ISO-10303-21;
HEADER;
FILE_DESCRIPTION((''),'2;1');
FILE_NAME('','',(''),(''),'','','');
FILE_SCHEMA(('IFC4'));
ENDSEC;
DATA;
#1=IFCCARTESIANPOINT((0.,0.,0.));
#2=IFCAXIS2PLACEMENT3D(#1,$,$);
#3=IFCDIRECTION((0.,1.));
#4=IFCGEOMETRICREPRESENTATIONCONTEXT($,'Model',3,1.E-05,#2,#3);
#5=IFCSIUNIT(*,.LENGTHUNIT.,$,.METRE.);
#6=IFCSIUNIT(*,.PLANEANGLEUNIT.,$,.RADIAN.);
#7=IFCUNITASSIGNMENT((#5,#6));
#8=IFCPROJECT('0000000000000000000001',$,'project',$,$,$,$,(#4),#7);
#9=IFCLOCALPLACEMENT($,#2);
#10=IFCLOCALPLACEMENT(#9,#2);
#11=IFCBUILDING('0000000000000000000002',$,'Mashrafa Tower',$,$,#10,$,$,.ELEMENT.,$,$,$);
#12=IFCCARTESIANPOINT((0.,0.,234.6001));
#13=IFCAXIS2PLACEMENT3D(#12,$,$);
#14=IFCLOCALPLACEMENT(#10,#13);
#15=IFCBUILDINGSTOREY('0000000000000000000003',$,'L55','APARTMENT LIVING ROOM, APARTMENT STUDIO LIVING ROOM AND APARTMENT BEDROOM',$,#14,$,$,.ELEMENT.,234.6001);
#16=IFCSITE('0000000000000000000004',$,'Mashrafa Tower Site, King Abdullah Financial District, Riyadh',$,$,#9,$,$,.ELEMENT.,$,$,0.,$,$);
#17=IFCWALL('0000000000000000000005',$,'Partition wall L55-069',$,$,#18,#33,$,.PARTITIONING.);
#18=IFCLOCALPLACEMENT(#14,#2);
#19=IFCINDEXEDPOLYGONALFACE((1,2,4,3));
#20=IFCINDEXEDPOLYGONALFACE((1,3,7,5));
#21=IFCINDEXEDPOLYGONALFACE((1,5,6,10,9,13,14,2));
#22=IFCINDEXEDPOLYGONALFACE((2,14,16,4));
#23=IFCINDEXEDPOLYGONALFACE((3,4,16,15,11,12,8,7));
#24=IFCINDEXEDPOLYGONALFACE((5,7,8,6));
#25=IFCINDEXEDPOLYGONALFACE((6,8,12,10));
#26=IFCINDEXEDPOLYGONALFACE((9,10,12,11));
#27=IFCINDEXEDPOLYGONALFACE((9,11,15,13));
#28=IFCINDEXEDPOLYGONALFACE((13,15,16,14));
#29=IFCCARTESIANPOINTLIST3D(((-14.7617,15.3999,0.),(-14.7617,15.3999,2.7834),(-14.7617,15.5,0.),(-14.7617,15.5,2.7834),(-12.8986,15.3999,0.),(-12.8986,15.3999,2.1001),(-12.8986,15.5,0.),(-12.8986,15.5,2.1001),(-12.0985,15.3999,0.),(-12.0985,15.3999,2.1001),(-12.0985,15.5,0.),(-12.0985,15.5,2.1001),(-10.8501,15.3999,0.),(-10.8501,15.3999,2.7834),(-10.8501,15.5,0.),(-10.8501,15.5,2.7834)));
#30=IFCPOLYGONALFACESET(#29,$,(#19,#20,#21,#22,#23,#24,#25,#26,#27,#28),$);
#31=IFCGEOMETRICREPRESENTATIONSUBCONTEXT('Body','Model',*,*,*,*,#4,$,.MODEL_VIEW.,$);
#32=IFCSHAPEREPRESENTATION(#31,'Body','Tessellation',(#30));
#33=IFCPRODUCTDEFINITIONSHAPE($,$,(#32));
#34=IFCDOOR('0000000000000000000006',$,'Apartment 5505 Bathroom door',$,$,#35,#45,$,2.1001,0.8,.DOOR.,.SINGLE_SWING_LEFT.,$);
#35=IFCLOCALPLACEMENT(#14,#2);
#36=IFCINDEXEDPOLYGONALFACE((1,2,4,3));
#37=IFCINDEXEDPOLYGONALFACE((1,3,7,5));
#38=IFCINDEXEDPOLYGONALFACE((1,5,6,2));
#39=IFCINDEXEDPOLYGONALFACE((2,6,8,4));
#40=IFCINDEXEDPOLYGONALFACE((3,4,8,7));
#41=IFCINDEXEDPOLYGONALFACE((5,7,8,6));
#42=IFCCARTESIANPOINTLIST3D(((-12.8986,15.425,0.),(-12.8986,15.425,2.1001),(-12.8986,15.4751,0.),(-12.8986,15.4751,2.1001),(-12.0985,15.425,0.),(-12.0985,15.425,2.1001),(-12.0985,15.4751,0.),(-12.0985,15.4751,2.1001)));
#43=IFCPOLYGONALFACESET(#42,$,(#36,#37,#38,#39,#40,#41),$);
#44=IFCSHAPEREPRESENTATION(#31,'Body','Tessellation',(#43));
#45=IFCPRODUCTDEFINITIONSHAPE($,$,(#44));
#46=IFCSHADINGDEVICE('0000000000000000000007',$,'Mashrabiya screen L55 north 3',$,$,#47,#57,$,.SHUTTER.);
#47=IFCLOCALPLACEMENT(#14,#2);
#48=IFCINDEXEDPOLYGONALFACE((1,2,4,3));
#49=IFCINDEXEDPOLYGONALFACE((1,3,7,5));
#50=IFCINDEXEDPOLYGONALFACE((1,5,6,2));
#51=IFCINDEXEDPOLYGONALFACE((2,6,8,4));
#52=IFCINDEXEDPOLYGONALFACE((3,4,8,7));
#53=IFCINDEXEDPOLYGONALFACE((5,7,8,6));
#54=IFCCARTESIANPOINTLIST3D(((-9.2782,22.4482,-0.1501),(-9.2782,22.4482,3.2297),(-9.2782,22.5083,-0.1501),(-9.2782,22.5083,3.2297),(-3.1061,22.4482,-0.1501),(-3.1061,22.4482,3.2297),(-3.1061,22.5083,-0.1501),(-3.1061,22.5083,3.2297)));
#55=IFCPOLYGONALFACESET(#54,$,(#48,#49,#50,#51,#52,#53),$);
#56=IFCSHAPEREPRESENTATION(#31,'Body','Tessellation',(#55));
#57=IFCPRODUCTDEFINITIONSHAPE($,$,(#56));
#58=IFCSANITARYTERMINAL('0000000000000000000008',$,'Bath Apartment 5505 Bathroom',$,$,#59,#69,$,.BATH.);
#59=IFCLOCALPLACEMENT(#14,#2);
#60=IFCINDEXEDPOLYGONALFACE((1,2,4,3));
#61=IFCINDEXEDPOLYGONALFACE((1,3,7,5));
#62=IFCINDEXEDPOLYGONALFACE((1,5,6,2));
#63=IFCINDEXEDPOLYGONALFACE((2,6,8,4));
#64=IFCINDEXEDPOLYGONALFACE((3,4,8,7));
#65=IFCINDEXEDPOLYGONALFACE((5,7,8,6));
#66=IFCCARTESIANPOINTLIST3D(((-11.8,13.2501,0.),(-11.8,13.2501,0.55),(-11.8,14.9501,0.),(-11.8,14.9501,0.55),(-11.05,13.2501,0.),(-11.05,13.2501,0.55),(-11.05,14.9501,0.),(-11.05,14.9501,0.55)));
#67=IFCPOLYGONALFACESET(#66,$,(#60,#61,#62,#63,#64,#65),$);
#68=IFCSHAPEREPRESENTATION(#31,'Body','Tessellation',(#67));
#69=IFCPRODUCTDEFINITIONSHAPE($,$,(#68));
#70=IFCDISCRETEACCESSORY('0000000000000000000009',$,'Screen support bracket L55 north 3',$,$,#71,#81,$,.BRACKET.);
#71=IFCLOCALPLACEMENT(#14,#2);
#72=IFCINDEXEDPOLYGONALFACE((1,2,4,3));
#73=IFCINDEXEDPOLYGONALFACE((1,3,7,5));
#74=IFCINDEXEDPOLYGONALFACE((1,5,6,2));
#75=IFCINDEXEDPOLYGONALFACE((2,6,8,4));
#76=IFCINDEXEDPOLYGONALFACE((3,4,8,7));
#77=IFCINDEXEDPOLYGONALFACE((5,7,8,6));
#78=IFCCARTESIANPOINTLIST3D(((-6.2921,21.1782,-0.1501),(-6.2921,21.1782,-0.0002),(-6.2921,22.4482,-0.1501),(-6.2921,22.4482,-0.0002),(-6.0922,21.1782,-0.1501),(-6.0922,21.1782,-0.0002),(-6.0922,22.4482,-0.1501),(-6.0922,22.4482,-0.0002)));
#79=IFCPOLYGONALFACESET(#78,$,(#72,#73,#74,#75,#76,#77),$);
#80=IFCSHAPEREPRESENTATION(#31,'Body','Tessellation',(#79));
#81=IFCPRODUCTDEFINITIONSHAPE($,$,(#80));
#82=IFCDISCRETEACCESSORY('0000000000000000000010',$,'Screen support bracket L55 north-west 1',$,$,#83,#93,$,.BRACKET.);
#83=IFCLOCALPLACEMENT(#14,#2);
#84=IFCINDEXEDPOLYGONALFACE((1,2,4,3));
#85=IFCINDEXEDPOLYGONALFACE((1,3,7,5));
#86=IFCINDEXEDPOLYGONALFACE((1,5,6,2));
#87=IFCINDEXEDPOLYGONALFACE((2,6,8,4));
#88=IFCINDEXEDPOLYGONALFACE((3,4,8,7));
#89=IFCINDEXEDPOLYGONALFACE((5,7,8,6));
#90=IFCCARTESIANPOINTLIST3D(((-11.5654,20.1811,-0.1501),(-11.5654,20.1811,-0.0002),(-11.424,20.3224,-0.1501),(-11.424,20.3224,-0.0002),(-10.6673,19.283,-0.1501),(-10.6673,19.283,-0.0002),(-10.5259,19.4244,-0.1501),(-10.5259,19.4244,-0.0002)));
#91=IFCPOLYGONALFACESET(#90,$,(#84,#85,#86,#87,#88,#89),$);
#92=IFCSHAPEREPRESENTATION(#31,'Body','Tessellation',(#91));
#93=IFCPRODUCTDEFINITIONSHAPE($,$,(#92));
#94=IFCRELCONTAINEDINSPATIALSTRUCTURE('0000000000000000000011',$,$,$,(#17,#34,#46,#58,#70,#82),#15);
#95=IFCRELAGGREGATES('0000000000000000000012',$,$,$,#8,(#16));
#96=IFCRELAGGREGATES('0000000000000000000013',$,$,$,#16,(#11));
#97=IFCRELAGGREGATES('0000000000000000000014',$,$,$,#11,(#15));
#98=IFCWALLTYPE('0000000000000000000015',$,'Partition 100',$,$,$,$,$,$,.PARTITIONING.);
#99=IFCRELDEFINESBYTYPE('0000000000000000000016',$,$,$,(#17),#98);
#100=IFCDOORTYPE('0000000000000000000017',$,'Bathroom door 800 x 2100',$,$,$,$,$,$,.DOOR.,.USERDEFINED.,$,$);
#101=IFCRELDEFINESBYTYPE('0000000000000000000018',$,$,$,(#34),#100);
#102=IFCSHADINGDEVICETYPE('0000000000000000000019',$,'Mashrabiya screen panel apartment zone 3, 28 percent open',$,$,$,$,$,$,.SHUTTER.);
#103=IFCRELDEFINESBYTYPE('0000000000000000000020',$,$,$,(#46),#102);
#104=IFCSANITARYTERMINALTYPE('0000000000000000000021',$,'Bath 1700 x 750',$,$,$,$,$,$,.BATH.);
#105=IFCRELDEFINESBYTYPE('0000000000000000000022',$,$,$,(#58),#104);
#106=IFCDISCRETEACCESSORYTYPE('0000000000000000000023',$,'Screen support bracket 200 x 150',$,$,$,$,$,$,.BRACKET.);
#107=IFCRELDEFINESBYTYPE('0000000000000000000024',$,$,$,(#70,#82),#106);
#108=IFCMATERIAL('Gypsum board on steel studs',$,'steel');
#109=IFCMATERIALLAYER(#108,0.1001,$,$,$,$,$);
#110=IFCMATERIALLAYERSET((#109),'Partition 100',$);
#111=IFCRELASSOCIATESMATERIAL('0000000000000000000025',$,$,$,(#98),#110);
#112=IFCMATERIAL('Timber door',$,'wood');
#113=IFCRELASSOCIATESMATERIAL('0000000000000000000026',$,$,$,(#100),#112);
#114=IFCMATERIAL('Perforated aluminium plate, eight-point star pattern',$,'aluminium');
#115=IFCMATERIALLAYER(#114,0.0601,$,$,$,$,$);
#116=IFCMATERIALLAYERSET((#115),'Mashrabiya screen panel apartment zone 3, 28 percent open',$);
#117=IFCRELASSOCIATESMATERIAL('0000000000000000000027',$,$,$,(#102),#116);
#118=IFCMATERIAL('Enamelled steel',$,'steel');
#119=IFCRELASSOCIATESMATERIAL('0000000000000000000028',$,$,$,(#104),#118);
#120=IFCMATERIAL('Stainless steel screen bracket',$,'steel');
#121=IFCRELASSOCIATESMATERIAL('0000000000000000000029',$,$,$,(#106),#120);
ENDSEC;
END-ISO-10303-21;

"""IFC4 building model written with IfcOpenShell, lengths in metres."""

from ifc_helpers import new_model, si_unit, direction, frame, frame_2d, origin, origin_2d, place, context, subcontext, project, spatial, rectangle, extrude, source, transform, mapped, material, layer, layer_set, type_object, type_shapes, element, fill, save


model = new_model("IFC4")

# Units and contexts
model_context = context("Model", 3, precision=1e-05, world=origin(), true_north=direction((0.0, 1.0)))
body_context = subcontext(model_context, "Body", "Model", "MODEL_VIEW")
ifc_project = project(units=[si_unit("LENGTHUNIT", "METRE"), si_unit("PLANEANGLEUNIT", "RADIAN")], contexts=[model_context])

# Site, building, storey
site_placement = place(None, origin())
site = spatial("IfcSite", under=ifc_project, at=site_placement, Name="Mashrafa Tower Site, King Abdullah Financial District, Riyadh", CompositionType="ELEMENT", RefElevation=0.0)
building_placement = place(site_placement, origin())
building = spatial("IfcBuilding", under=site, at=building_placement, Name="Mashrafa Tower", CompositionType="ELEMENT")
storey_placement = place(building_placement, frame((0.0, 0.0, 234.6001)))
storey = spatial("IfcBuildingStorey", under=building, at=storey_placement, Name="L55", Description="APARTMENT LIVING ROOM, APARTMENT STUDIO LIVING ROOM AND APARTMENT BEDROOM", CompositionType="ELEMENT", Elevation=234.6001)

# Shared definitions
ifc_material_1 = material(Name="Gypsum board on steel studs", Category="steel")
ifc_layer_1 = layer(ifc_material_1, 0.1001)
ifc_layer_set_1 = layer_set([ifc_layer_1], Name="Partition 100")
wall_type_1 = type_object("IfcWallType", Name="Partition 100", PredefinedType="PARTITIONING", material=ifc_layer_set_1)

# Wall, opening, door
wall_1_placement = place(storey_placement, frame((-10.8501, 15.45, 0.0), z_axis=(0.0, 0.0, 1.0), x_axis=(-1.0, 0.0, 0.0)))
wall_1 = element("IfcWall", 1, at=wall_1_placement, inside=storey, type_object=wall_type_1, Name="Partition wall L55-069", PredefinedType="PARTITIONING", context=body_context, shape_type="SweptSolid", body=[
    extrude(rectangle(XDim=3.9116, YDim=0.1001, at=frame_2d((1.9558, 0.0))), origin(), (0.0, 0.0, 1.0), 2.7834),
])
opening_1_placement = place(wall_1_placement, frame((1.2485, 0.0, 0.0)))
opening_1 = element("IfcOpeningElement", 2, at=opening_1_placement, cuts=wall_1, PredefinedType="OPENING", context=body_context, shape_type="SweptSolid", body=[
    extrude(rectangle(XDim=0.8, YDim=2.1001, at=frame_2d((0.3999, 1.05))), frame((0.0, 0.0601, 0.0), z_axis=(0.0, -1.0, 0.0), x_axis=(1.0, 0.0, 0.0)), (0.0, 0.0, 1.0), 0.1201),
])
ifc_material_2 = material(Name="Timber door", Category="wood")
door_type_1 = type_object("IfcDoorType", Name="Bathroom door 800 x 2100", OperationType="USERDEFINED", PredefinedType="DOOR", material=ifc_material_2)
door_1_placement = place(opening_1_placement, origin())
door_1 = element("IfcDoor", 3, at=door_1_placement, inside=storey, type_object=door_type_1, Name="Apartment 5505 Bathroom door", OperationType="SINGLE_SWING_LEFT", OverallHeight=2.1001, OverallWidth=0.8, PredefinedType="DOOR", context=body_context, shape_type="SweptSolid", body=[
    extrude(rectangle(XDim=0.8, YDim=2.1001, at=frame_2d((0.3999, 1.05))), frame((0.0, 0.0249, 0.0), z_axis=(0.0, -1.0, 0.0), x_axis=(1.0, 0.0, 0.0)), (0.0, 0.0, 1.0), 0.05),
])
fill(opening_1, door_1)

# Shading device
ifc_material_3 = material(Name="Perforated aluminium plate, eight-point star pattern", Category="aluminium")
ifc_layer_2 = layer(ifc_material_3, 0.0601)
ifc_layer_set_2 = layer_set([ifc_layer_2], Name="Mashrabiya screen panel apartment zone 3, 28 percent open")
shading_device_type = type_object("IfcShadingDeviceType", Name="Mashrabiya screen panel apartment zone 3, 28 percent open", PredefinedType="SHUTTER", material=ifc_layer_set_2)
shared_shape_1 = source(origin(), body_context, "Body", "SweptSolid", [
    extrude(rectangle(XDim=6.1721, YDim=0.0601, at=origin_2d()), origin(), (0.0, 0.0, 1.0), 3.3799),
])
type_shapes(shading_device_type, [shared_shape_1])
shading_device_placement = place(storey_placement, frame((-6.1921, 22.4783, -0.1501), z_axis=(0.0, 0.0, 1.0), x_axis=(-1.0, 0.0, 0.0)))
element("IfcShadingDevice", 4, at=shading_device_placement, inside=storey, type_object=shading_device_type, Name="Mashrabiya screen L55 north 3", PredefinedType="SHUTTER", context=body_context, shape_type="MappedRepresentation", body=[
    mapped(shared_shape_1, transform((0.0, 0.0, 0.0))),
])

# Sanitary terminal
ifc_material_4 = material(Name="Enamelled steel", Category="steel")
sanitary_terminal_type = type_object("IfcSanitaryTerminalType", Name="Bath 1700 x 750", PredefinedType="BATH", material=ifc_material_4)
sanitary_terminal_placement = place(storey_placement, frame((-11.425, 14.1001, 0.0), z_axis=(0.0, 0.0, 1.0), x_axis=(0.0, 1.0, 0.0)))
element("IfcSanitaryTerminal", 5, at=sanitary_terminal_placement, inside=storey, type_object=sanitary_terminal_type, Name="Bath Apartment 5505 Bathroom", PredefinedType="BATH", context=body_context, shape_type="SweptSolid", body=[
    extrude(rectangle(XDim=1.7, YDim=0.75, at=origin_2d()), origin(), (0.0, 0.0, 1.0), 0.55),
])

# Discrete accessories
ifc_material_5 = material(Name="Stainless steel screen bracket", Category="steel")
discrete_accessory_type = type_object("IfcDiscreteAccessoryType", Name="Screen support bracket 200 x 150", PredefinedType="BRACKET", material=ifc_material_5)
shared_shape_2 = source(origin(), body_context, "Body", "SweptSolid", [
    extrude(rectangle(XDim=0.2, YDim=1.27, at=origin_2d()), origin(), (0.0, 0.0, 1.0), 0.1499),
])
type_shapes(discrete_accessory_type, [shared_shape_2])
for number, where, z_axis, x_axis, name in (
    (6, (-6.1921, 21.8132, -0.1501), (0.0, 0.0, 1.0), (-1.0, 0.0, 0.0), "Screen support bracket L55 north 3"),
    (7, (-11.0457, 19.8027, -0.1501), (0.0, 0.0, 1.0), (-0.707107, -0.707107, 0.0), "Screen support bracket L55 north-west 1"),
):
    element("IfcDiscreteAccessory", number, at=place(storey_placement, frame(where, z_axis=z_axis, x_axis=x_axis)), inside=storey, type_object=discrete_accessory_type, Name=name, PredefinedType="BRACKET", context=body_context, shape_type="MappedRepresentation", body=[
        mapped(shared_shape_2, transform((0.0, 0.0, 0.0))),
    ])

save(model, "model.ifc")
